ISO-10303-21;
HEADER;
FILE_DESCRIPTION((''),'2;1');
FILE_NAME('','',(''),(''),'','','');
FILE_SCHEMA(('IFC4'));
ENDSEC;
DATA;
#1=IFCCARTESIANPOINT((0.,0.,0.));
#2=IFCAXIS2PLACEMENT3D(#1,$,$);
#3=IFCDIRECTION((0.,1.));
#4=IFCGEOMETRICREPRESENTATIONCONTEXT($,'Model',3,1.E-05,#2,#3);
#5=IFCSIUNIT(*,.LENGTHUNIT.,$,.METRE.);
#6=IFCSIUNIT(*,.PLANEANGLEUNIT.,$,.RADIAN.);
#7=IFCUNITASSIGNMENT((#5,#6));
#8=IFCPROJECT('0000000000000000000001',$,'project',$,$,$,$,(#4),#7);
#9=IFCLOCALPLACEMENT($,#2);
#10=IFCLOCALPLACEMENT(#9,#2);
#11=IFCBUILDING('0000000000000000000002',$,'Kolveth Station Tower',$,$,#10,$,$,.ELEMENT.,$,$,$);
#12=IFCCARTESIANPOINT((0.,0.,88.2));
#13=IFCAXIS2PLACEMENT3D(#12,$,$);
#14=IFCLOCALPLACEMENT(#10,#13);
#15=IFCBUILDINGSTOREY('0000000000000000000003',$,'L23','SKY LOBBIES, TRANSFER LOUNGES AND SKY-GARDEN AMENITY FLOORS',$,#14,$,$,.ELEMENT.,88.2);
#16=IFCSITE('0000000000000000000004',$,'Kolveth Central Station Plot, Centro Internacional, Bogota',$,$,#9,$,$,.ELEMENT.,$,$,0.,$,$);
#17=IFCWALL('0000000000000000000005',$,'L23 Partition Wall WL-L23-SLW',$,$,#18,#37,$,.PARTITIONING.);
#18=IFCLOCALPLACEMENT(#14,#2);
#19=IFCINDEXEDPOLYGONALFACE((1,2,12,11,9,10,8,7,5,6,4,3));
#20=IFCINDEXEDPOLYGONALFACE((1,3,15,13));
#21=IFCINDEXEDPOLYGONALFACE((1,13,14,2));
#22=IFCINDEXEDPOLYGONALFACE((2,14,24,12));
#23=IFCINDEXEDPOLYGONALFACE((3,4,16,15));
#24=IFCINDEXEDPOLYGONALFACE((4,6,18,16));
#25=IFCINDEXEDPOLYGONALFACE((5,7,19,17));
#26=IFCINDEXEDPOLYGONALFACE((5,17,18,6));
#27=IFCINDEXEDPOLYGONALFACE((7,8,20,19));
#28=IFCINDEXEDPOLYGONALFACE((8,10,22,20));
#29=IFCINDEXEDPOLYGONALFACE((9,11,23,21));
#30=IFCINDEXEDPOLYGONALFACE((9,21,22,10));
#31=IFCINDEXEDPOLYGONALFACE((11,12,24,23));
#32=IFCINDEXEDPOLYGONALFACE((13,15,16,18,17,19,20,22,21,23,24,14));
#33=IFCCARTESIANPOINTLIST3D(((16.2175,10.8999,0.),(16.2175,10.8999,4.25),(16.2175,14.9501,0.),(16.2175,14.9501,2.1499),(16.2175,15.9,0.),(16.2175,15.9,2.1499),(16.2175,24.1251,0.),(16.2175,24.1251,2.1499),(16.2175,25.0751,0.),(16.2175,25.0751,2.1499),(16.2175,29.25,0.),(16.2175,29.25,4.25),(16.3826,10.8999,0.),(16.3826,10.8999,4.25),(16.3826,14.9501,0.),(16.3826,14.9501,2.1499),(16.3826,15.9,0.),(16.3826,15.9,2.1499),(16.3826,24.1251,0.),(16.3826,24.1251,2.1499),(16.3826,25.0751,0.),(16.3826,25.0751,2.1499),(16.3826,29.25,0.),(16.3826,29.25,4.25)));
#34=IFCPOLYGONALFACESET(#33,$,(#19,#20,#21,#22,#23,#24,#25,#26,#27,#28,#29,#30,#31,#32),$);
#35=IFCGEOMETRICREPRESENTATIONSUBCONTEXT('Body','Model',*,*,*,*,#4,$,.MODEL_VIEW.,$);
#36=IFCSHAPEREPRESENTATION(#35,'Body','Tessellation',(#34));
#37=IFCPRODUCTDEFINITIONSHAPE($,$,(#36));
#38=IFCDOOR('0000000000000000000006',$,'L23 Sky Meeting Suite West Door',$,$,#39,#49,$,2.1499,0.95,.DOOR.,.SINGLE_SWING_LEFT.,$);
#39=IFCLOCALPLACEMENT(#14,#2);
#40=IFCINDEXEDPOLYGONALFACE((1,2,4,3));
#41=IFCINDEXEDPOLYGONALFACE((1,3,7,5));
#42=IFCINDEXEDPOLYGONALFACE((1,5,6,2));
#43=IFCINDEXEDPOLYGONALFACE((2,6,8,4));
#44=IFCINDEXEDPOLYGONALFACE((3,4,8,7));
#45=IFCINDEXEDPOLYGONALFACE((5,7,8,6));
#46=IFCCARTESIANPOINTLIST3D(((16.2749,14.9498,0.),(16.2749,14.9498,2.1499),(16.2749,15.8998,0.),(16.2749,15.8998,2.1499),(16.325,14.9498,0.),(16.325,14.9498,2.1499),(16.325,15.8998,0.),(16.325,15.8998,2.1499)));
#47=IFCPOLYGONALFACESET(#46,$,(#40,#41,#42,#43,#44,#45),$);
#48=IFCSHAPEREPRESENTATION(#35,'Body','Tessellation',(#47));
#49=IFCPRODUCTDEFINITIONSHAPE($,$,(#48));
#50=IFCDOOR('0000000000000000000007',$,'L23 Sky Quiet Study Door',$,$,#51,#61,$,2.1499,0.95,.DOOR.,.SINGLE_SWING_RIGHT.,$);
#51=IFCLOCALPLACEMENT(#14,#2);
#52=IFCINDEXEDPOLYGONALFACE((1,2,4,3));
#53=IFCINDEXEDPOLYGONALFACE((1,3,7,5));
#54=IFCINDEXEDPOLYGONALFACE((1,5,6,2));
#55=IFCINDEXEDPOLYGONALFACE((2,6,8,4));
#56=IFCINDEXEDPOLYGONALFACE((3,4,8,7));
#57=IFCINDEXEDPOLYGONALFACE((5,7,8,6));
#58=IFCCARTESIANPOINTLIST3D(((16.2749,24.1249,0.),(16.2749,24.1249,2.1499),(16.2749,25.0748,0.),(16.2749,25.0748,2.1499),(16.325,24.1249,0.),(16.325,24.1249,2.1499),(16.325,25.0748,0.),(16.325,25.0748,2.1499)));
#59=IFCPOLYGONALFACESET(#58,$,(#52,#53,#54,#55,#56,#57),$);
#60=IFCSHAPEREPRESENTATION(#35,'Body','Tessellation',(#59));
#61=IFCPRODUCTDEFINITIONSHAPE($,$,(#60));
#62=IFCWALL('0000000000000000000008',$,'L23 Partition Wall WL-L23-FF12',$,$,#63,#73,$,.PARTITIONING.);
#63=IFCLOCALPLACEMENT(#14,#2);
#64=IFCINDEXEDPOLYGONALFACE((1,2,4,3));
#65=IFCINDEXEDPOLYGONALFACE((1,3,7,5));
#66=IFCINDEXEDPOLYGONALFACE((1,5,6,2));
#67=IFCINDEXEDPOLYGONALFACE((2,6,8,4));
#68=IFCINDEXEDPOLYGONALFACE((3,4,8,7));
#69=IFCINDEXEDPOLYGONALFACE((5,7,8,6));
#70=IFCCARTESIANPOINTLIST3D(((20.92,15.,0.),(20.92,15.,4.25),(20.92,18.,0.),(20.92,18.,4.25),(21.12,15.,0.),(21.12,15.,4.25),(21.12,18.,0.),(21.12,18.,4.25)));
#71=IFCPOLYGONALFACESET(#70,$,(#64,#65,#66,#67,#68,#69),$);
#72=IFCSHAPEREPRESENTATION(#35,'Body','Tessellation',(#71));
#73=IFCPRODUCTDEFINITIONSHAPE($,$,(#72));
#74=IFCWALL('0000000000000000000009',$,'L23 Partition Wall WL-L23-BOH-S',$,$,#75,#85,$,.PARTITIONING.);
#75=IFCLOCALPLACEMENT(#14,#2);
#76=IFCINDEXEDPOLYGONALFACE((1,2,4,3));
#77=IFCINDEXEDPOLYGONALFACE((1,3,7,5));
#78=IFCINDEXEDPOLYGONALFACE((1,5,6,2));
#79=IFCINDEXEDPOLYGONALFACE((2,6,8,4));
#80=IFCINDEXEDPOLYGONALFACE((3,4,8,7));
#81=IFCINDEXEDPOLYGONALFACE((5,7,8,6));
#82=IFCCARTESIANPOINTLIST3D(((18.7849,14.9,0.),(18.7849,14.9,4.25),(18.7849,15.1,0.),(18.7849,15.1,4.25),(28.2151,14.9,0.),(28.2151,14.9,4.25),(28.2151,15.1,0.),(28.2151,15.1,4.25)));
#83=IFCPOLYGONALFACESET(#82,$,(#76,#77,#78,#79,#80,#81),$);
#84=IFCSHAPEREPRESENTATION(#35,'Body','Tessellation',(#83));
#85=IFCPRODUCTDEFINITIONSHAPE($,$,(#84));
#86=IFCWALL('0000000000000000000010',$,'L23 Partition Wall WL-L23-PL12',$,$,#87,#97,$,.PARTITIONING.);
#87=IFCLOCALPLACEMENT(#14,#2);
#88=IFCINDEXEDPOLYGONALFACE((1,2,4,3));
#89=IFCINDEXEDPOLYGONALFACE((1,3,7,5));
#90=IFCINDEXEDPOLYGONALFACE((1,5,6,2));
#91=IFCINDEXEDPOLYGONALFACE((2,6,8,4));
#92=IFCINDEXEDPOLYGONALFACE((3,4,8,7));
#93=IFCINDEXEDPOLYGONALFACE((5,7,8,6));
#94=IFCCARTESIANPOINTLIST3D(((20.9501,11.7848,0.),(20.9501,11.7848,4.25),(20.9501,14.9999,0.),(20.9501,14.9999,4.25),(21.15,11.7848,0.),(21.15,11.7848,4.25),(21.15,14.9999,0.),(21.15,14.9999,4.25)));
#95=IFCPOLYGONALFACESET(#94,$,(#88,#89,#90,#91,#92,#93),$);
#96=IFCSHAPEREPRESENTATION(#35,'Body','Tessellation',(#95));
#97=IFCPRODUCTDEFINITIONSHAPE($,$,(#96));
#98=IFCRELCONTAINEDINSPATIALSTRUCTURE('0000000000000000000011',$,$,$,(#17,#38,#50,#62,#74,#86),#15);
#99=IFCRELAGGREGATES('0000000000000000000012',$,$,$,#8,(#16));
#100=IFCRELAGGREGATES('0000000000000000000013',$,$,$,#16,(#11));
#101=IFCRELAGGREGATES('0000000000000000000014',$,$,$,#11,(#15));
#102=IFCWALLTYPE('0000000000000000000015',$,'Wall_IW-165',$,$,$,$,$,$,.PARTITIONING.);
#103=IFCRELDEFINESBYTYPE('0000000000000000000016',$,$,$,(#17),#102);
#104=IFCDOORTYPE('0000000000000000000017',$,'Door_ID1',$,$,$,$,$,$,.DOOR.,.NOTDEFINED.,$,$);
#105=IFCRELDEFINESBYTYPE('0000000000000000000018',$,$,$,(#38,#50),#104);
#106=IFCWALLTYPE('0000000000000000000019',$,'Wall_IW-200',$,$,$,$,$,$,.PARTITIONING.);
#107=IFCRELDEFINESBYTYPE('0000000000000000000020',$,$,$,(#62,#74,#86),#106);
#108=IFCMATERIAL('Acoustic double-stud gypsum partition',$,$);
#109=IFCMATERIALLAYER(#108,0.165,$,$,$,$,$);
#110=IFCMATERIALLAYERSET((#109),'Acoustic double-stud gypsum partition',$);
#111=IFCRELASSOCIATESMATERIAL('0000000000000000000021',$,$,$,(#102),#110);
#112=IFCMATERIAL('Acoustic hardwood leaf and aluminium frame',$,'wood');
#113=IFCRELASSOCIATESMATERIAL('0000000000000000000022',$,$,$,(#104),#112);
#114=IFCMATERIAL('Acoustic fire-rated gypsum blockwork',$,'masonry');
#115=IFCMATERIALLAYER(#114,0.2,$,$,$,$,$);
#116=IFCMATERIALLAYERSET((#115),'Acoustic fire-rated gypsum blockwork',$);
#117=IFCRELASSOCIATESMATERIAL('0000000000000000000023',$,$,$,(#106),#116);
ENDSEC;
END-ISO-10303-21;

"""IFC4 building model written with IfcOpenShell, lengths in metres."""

from ifc_helpers import new_model, si_unit, direction, frame, frame_2d, origin, place, context, subcontext, project, spatial, rectangle, extrude, material, layer, layer_set, type_object, element, fill, save


model = new_model("IFC4")

# Units and contexts
model_context = context("Model", 3, precision=1e-05, world=origin(), true_north=direction((0.0, 1.0)))
body_context = subcontext(model_context, "Body", "Model", "MODEL_VIEW")
ifc_project = project(units=[si_unit("LENGTHUNIT", "METRE"), si_unit("PLANEANGLEUNIT", "RADIAN")], contexts=[model_context])

# Site, building, storey
site_placement = place(None, origin())
site = spatial("IfcSite", under=ifc_project, at=site_placement, Name="Kolveth Central Station Plot, Centro Internacional, Bogota", CompositionType="ELEMENT", RefElevation=0.0)
building_placement = place(site_placement, origin())
building = spatial("IfcBuilding", under=site, at=building_placement, Name="Kolveth Station Tower", CompositionType="ELEMENT")
storey_placement = place(building_placement, frame((0.0, 0.0, 88.2)))
storey = spatial("IfcBuildingStorey", under=building, at=storey_placement, Name="L23", Description="SKY LOBBIES, TRANSFER LOUNGES AND SKY-GARDEN AMENITY FLOORS", CompositionType="ELEMENT", Elevation=88.2)

# Wall, openings, doors
ifc_material_1 = material(Name="Acoustic double-stud gypsum partition")
ifc_layer_1 = layer(ifc_material_1, 0.165)
ifc_layer_set_1 = layer_set([ifc_layer_1], Name="Acoustic double-stud gypsum partition")
wall_type_1 = type_object("IfcWallType", Name="Wall_IW-165", PredefinedType="PARTITIONING", material=ifc_layer_set_1)
wall_1_placement = place(storey_placement, frame((16.3, 10.8999, 0.0), z_axis=(0.0, 0.0, 1.0), x_axis=(0.0, 1.0, 0.0)))
wall_1 = element("IfcWall", 1, at=wall_1_placement, inside=storey, type_object=wall_type_1, Name="L23 Partition Wall WL-L23-SLW", PredefinedType="PARTITIONING", context=body_context, shape_type="SweptSolid", body=[
    extrude(rectangle(XDim=18.3501, YDim=0.165, at=frame_2d((9.175, 0.0))), origin(), (0.0, 0.0, 1.0), 4.25),
])
opening_1_placement = place(wall_1_placement, frame((4.05, 0.0, 0.0)))
opening_1 = element("IfcOpeningElement", 2, at=opening_1_placement, cuts=wall_1, PredefinedType="OPENING", context=body_context, shape_type="SweptSolid", body=[
    extrude(rectangle(XDim=0.95, YDim=2.1499, at=frame_2d((0.4751, 1.075))), frame((0.0, 0.0925, 0.0), z_axis=(0.0, -1.0, 0.0), x_axis=(1.0, 0.0, 0.0)), (0.0, 0.0, 1.0), 0.1851),
])
opening_2_placement = place(wall_1_placement, frame((13.2251, 0.0, 0.0)))
opening_2 = element("IfcOpeningElement", 3, at=opening_2_placement, cuts=wall_1, PredefinedType="OPENING", context=body_context, shape_type="SweptSolid", body=[
    extrude(rectangle(XDim=0.95, YDim=2.1499, at=frame_2d((0.4751, 1.075))), frame((0.0, 0.0925, 0.0), z_axis=(0.0, -1.0, 0.0), x_axis=(1.0, 0.0, 0.0)), (0.0, 0.0, 1.0), 0.1851),
])
ifc_material_2 = material(Name="Acoustic hardwood leaf and aluminium frame", Category="wood")
door_type_1 = type_object("IfcDoorType", Name="Door_ID1", OperationType="NOTDEFINED", PredefinedType="DOOR", material=ifc_material_2)
door_1_placement = place(opening_1_placement, frame((0.95, 0.0, 0.0), z_axis=(0.0, 0.0, 1.0), x_axis=(-1.0, 0.0, 0.0)))
door_1 = element("IfcDoor", 4, at=door_1_placement, inside=storey, type_object=door_type_1, Name="L23 Sky Meeting Suite West Door", OperationType="SINGLE_SWING_LEFT", OverallHeight=2.1499, OverallWidth=0.95, PredefinedType="DOOR", context=body_context, shape_type="SweptSolid", body=[
    extrude(rectangle(XDim=0.95, YDim=2.1499, at=frame_2d((0.4751, 1.075))), frame((0.0, 0.0249, 0.0), z_axis=(0.0, -1.0, 0.0), x_axis=(1.0, 0.0, 0.0)), (0.0, 0.0, 1.0), 0.05),
])
fill(opening_1, door_1)
door_2_placement = place(opening_2_placement, frame((0.95, 0.0, 0.0), z_axis=(0.0, 0.0, 1.0), x_axis=(-1.0, 0.0, 0.0)))
door_2 = element("IfcDoor", 5, at=door_2_placement, inside=storey, type_object=door_type_1, Name="L23 Sky Quiet Study Door", OperationType="SINGLE_SWING_RIGHT", OverallHeight=2.1499, OverallWidth=0.95, PredefinedType="DOOR", context=body_context, shape_type="SweptSolid", body=[
    extrude(rectangle(XDim=0.95, YDim=2.1499, at=frame_2d((0.4751, 1.075))), frame((0.0, 0.0249, 0.0), z_axis=(0.0, -1.0, 0.0), x_axis=(1.0, 0.0, 0.0)), (0.0, 0.0, 1.0), 0.05),
])
fill(opening_2, door_2)

# Walls
ifc_material_3 = material(Name="Acoustic fire-rated gypsum blockwork", Category="masonry")
ifc_layer_2 = layer(ifc_material_3, 0.2)
ifc_layer_set_2 = layer_set([ifc_layer_2], Name="Acoustic fire-rated gypsum blockwork")
wall_type_2 = type_object("IfcWallType", Name="Wall_IW-200", PredefinedType="PARTITIONING", material=ifc_layer_set_2)
wall_2_placement = place(storey_placement, frame((21.02, 15.0, 0.0), z_axis=(0.0, 0.0, 1.0), x_axis=(0.0, 1.0, 0.0)))
element("IfcWall", 6, at=wall_2_placement, inside=storey, type_object=wall_type_2, Name="L23 Partition Wall WL-L23-FF12", PredefinedType="PARTITIONING", context=body_context, shape_type="SweptSolid", body=[
    extrude(rectangle(XDim=3.0, YDim=0.2, at=frame_2d((1.5, 0.0))), origin(), (0.0, 0.0, 1.0), 4.25),
])
wall_3_placement = place(storey_placement, frame((18.7849, 15.0, 0.0), z_axis=(0.0, 0.0, 1.0), x_axis=(1.0, 0.0, 0.0)))
element("IfcWall", 7, at=wall_3_placement, inside=storey, type_object=wall_type_2, Name="L23 Partition Wall WL-L23-BOH-S", PredefinedType="PARTITIONING", context=body_context, shape_type="SweptSolid", body=[
    extrude(rectangle(XDim=9.4302, YDim=0.2, at=frame_2d((4.7151, 0.0))), origin(), (0.0, 0.0, 1.0), 4.25),
])
wall_4_placement = place(storey_placement, frame((21.05, 11.7849, 0.0), z_axis=(0.0, 0.0, 1.0), x_axis=(0.0, 1.0, 0.0)))
element("IfcWall", 8, at=wall_4_placement, inside=storey, type_object=wall_type_2, Name="L23 Partition Wall WL-L23-PL12", PredefinedType="PARTITIONING", context=body_context, shape_type="SweptSolid", body=[
    extrude(rectangle(XDim=3.2151, YDim=0.2, at=frame_2d((1.6074, 0.0))), origin(), (0.0, 0.0, 1.0), 4.25),
])

save(model, "model.ifc")
